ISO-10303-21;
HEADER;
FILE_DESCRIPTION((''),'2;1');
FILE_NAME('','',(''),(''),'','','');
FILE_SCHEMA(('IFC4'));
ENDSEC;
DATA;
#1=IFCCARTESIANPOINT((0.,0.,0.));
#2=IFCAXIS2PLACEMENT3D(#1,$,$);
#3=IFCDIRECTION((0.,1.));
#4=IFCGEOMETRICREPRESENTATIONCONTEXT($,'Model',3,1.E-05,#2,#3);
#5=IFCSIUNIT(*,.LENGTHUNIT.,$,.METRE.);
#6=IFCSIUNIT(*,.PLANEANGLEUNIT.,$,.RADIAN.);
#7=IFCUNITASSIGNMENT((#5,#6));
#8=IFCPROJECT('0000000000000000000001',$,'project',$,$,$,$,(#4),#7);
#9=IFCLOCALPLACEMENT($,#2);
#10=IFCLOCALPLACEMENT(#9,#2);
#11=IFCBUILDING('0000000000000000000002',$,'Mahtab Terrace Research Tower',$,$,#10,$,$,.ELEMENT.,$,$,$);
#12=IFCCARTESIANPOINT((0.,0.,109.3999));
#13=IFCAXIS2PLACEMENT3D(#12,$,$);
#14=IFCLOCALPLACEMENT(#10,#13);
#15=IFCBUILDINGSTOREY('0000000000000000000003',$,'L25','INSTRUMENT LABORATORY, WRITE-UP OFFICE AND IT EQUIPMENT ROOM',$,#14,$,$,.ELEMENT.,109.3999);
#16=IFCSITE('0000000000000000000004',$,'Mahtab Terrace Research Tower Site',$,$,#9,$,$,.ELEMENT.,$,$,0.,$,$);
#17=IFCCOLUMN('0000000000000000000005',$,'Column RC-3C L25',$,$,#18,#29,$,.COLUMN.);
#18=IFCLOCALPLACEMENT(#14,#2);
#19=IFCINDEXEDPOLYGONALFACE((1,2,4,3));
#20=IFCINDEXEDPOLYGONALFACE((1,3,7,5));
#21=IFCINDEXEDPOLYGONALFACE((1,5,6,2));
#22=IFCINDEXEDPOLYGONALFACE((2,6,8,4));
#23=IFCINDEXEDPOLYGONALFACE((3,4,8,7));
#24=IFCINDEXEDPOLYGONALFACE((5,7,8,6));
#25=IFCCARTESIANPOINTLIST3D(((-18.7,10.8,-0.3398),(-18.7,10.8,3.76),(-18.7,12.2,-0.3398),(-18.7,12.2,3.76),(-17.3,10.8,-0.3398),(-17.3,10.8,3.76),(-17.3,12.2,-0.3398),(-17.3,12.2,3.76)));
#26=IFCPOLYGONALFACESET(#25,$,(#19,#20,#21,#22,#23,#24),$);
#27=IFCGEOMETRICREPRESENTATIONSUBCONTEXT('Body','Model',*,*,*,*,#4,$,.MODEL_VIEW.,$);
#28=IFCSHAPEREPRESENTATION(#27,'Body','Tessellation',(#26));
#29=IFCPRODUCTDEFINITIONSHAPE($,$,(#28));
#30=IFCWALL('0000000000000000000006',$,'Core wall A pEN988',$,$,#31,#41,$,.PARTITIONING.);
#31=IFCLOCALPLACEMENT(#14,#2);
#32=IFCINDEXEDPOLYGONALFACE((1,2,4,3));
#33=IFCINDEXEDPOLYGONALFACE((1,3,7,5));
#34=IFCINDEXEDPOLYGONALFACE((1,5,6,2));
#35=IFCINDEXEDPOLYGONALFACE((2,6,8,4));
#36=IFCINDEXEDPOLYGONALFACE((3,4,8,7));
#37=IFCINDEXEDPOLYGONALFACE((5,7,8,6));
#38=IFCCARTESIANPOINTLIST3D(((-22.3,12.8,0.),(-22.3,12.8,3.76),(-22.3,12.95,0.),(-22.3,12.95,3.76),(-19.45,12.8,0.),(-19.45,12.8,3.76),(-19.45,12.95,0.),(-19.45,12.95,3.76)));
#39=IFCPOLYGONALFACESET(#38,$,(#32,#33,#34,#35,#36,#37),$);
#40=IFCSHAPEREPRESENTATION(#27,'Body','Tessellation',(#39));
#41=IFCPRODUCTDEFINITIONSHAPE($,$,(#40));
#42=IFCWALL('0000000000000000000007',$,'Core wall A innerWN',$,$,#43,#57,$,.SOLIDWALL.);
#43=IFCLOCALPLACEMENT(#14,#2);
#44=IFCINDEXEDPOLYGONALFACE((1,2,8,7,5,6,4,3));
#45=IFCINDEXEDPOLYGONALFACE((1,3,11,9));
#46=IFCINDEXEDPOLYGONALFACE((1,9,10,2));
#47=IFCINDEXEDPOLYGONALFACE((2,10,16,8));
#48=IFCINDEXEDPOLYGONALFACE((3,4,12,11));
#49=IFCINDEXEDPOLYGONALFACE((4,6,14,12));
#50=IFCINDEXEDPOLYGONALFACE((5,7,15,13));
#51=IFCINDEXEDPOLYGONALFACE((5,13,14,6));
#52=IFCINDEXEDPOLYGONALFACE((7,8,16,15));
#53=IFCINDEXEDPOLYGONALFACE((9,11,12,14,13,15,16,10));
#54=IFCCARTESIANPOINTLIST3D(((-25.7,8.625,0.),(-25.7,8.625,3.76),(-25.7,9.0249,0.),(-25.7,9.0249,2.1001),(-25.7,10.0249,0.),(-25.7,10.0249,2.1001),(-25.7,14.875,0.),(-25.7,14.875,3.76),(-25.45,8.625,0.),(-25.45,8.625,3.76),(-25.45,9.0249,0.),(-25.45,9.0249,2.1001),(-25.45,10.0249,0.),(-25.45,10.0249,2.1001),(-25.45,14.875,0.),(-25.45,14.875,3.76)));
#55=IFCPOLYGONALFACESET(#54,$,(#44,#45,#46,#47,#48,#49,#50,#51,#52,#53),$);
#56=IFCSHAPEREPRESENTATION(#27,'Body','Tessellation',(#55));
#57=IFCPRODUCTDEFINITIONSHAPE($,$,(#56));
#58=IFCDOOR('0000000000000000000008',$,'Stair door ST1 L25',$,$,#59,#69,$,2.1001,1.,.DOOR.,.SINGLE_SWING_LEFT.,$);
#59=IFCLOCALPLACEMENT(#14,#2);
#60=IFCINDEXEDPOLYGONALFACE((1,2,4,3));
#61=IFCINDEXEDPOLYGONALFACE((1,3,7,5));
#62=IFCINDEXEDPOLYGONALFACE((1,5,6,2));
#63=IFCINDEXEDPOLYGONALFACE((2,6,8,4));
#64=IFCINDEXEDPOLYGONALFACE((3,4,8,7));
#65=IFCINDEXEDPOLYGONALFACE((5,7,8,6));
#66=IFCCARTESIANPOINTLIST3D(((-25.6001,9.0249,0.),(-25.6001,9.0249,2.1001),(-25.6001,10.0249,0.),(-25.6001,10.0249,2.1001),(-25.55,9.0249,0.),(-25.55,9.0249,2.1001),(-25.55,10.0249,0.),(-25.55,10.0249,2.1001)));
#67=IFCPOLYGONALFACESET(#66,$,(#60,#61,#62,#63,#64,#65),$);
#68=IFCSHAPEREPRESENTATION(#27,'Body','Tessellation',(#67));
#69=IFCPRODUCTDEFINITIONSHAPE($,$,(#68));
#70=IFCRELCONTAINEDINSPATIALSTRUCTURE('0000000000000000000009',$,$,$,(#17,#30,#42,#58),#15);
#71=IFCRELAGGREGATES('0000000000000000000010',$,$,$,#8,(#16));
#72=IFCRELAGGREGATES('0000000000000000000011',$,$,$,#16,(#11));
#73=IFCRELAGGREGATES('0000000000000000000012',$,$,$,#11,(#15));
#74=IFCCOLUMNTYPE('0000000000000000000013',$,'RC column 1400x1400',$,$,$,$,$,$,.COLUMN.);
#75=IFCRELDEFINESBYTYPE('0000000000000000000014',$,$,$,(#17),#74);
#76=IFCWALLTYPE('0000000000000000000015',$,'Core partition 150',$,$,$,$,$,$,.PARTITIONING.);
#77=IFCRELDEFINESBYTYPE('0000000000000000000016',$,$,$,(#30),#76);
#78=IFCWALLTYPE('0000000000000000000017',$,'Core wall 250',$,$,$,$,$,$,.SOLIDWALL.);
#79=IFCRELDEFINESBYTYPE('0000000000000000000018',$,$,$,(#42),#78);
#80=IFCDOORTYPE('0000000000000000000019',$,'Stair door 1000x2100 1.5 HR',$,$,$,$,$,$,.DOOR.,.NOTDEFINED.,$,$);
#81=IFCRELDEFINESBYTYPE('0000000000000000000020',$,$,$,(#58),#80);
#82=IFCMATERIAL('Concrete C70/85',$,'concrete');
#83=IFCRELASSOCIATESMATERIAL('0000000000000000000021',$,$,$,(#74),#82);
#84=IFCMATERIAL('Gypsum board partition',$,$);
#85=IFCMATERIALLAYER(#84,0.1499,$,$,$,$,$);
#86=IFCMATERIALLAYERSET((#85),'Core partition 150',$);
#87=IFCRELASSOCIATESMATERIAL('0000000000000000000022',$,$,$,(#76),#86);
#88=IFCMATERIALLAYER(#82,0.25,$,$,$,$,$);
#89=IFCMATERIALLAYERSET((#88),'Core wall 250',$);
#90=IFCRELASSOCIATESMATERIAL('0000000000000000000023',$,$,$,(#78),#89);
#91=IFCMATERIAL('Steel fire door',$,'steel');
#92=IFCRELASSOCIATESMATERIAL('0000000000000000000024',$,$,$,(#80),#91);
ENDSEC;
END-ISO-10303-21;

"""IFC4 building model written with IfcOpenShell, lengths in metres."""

from ifc_helpers import new_model, si_unit, direction, frame, frame_2d, origin, origin_2d, place, context, subcontext, project, spatial, rectangle, extrude, material, layer, layer_set, material_profile, profile_set, type_object, element, fill, save


model = new_model("IFC4")

# Units and contexts
model_context = context("Model", 3, precision=1e-05, world=origin(), true_north=direction((0.0, 1.0)))
body_context = subcontext(model_context, "Body", "Model", "MODEL_VIEW")
ifc_project = project(units=[si_unit("LENGTHUNIT", "METRE"), si_unit("PLANEANGLEUNIT", "RADIAN")], contexts=[model_context])

# Site, building, storey
site_placement = place(None, origin())
site = spatial("IfcSite", under=ifc_project, at=site_placement, Name="Mahtab Terrace Research Tower Site", CompositionType="ELEMENT", RefElevation=0.0)
building_placement = place(site_placement, origin())
building = spatial("IfcBuilding", under=site, at=building_placement, Name="Mahtab Terrace Research Tower", CompositionType="ELEMENT")
storey_placement = place(building_placement, frame((0.0, 0.0, 109.3999)))
storey = spatial("IfcBuildingStorey", under=building, at=storey_placement, Name="L25", Description="INSTRUMENT LABORATORY, WRITE-UP OFFICE AND IT EQUIPMENT ROOM", CompositionType="ELEMENT", Elevation=109.3999)

# Column
ifc_material_1 = material(Name="Concrete C70/85", Category="concrete")
ifc_material_profile = material_profile(ifc_material_1, rectangle(XDim=1.3999, YDim=1.3999, at=origin_2d()), Name="RC column 1400x1400")
ifc_profile_set = profile_set([ifc_material_profile], Name="Concrete C70/85")
column_type = type_object("IfcColumnType", Name="RC column 1400x1400", PredefinedType="COLUMN", material=ifc_profile_set)
column_placement = place(storey_placement, frame((-18.0, 11.5, -0.3398), z_axis=(0.0, 0.0, 1.0), x_axis=(1.0, 0.0, 0.0)))
element("IfcColumn", 1, at=column_placement, inside=storey, type_object=column_type, Name="Column RC-3C L25", PredefinedType="COLUMN", context=body_context, shape_type="SweptSolid", body=[
    extrude(rectangle(XDim=1.3999, YDim=1.3999, at=origin_2d()), origin(), (0.0, 0.0, 1.0), 4.0999),
])

# Wall
ifc_material_2 = material(Name="Gypsum board partition")
ifc_layer_1 = layer(ifc_material_2, 0.1499)
ifc_layer_set_1 = layer_set([ifc_layer_1], Name="Core partition 150")
wall_type_1 = type_object("IfcWallType", Name="Core partition 150", PredefinedType="PARTITIONING", material=ifc_layer_set_1)
wall_1_placement = place(storey_placement, frame((-22.3, 12.875, 0.0), z_axis=(0.0, 0.0, 1.0), x_axis=(1.0, 0.0, 0.0)))
element("IfcWall", 2, at=wall_1_placement, inside=storey, type_object=wall_type_1, Name="Core wall A pEN988", PredefinedType="PARTITIONING", context=body_context, shape_type="SweptSolid", body=[
    extrude(rectangle(XDim=2.8501, YDim=0.1499, at=frame_2d((1.425, 0.0))), origin(), (0.0, 0.0, 1.0), 3.76),
])

# Wall, opening, door
ifc_layer_2 = layer(ifc_material_1, 0.25)
ifc_layer_set_2 = layer_set([ifc_layer_2], Name="Core wall 250")
wall_type_2 = type_object("IfcWallType", Name="Core wall 250", PredefinedType="SOLIDWALL", material=ifc_layer_set_2)
wall_2_placement = place(storey_placement, frame((-25.575, 14.875, 0.0), z_axis=(0.0, 0.0, 1.0), x_axis=(0.0, -1.0, 0.0)))
wall_2 = element("IfcWall", 3, at=wall_2_placement, inside=storey, type_object=wall_type_2, Name="Core wall A innerWN", PredefinedType="SOLIDWALL", context=body_context, shape_type="SweptSolid", body=[
    extrude(rectangle(XDim=6.25, YDim=0.25, at=frame_2d((3.125, 0.0))), origin(), (0.0, 0.0, 1.0), 3.76),
])
opening_1_placement = place(wall_2_placement, frame((4.8501, 0.0, 0.0)))
opening_1 = element("IfcOpeningElement", 4, at=opening_1_placement, cuts=wall_2, PredefinedType="OPENING", context=body_context, shape_type="SweptSolid", body=[
    extrude(rectangle(XDim=1.0, YDim=2.1001, at=frame_2d((0.5, 1.05))), frame((0.0, 0.135, 0.0), z_axis=(0.0, -1.0, 0.0), x_axis=(1.0, 0.0, 0.0)), (0.0, 0.0, 1.0), 0.27),
])
ifc_material_3 = material(Name="Steel fire door", Category="steel")
door_type_1 = type_object("IfcDoorType", Name="Stair door 1000x2100 1.5 HR", OperationType="NOTDEFINED", PredefinedType="DOOR", material=ifc_material_3)
door_1_placement = place(opening_1_placement, origin())
door_1 = element("IfcDoor", 5, at=door_1_placement, inside=storey, type_object=door_type_1, Name="Stair door ST1 L25", OperationType="SINGLE_SWING_LEFT", OverallHeight=2.1001, OverallWidth=1.0, PredefinedType="DOOR", context=body_context, shape_type="SweptSolid", body=[
    extrude(rectangle(XDim=1.0, YDim=2.1001, at=frame_2d((0.5, 1.05))), frame((0.0, 0.0249, 0.0), z_axis=(0.0, -1.0, 0.0), x_axis=(1.0, 0.0, 0.0)), (0.0, 0.0, 1.0), 0.05),
])
fill(opening_1, door_1)

save(model, "model.ifc")
